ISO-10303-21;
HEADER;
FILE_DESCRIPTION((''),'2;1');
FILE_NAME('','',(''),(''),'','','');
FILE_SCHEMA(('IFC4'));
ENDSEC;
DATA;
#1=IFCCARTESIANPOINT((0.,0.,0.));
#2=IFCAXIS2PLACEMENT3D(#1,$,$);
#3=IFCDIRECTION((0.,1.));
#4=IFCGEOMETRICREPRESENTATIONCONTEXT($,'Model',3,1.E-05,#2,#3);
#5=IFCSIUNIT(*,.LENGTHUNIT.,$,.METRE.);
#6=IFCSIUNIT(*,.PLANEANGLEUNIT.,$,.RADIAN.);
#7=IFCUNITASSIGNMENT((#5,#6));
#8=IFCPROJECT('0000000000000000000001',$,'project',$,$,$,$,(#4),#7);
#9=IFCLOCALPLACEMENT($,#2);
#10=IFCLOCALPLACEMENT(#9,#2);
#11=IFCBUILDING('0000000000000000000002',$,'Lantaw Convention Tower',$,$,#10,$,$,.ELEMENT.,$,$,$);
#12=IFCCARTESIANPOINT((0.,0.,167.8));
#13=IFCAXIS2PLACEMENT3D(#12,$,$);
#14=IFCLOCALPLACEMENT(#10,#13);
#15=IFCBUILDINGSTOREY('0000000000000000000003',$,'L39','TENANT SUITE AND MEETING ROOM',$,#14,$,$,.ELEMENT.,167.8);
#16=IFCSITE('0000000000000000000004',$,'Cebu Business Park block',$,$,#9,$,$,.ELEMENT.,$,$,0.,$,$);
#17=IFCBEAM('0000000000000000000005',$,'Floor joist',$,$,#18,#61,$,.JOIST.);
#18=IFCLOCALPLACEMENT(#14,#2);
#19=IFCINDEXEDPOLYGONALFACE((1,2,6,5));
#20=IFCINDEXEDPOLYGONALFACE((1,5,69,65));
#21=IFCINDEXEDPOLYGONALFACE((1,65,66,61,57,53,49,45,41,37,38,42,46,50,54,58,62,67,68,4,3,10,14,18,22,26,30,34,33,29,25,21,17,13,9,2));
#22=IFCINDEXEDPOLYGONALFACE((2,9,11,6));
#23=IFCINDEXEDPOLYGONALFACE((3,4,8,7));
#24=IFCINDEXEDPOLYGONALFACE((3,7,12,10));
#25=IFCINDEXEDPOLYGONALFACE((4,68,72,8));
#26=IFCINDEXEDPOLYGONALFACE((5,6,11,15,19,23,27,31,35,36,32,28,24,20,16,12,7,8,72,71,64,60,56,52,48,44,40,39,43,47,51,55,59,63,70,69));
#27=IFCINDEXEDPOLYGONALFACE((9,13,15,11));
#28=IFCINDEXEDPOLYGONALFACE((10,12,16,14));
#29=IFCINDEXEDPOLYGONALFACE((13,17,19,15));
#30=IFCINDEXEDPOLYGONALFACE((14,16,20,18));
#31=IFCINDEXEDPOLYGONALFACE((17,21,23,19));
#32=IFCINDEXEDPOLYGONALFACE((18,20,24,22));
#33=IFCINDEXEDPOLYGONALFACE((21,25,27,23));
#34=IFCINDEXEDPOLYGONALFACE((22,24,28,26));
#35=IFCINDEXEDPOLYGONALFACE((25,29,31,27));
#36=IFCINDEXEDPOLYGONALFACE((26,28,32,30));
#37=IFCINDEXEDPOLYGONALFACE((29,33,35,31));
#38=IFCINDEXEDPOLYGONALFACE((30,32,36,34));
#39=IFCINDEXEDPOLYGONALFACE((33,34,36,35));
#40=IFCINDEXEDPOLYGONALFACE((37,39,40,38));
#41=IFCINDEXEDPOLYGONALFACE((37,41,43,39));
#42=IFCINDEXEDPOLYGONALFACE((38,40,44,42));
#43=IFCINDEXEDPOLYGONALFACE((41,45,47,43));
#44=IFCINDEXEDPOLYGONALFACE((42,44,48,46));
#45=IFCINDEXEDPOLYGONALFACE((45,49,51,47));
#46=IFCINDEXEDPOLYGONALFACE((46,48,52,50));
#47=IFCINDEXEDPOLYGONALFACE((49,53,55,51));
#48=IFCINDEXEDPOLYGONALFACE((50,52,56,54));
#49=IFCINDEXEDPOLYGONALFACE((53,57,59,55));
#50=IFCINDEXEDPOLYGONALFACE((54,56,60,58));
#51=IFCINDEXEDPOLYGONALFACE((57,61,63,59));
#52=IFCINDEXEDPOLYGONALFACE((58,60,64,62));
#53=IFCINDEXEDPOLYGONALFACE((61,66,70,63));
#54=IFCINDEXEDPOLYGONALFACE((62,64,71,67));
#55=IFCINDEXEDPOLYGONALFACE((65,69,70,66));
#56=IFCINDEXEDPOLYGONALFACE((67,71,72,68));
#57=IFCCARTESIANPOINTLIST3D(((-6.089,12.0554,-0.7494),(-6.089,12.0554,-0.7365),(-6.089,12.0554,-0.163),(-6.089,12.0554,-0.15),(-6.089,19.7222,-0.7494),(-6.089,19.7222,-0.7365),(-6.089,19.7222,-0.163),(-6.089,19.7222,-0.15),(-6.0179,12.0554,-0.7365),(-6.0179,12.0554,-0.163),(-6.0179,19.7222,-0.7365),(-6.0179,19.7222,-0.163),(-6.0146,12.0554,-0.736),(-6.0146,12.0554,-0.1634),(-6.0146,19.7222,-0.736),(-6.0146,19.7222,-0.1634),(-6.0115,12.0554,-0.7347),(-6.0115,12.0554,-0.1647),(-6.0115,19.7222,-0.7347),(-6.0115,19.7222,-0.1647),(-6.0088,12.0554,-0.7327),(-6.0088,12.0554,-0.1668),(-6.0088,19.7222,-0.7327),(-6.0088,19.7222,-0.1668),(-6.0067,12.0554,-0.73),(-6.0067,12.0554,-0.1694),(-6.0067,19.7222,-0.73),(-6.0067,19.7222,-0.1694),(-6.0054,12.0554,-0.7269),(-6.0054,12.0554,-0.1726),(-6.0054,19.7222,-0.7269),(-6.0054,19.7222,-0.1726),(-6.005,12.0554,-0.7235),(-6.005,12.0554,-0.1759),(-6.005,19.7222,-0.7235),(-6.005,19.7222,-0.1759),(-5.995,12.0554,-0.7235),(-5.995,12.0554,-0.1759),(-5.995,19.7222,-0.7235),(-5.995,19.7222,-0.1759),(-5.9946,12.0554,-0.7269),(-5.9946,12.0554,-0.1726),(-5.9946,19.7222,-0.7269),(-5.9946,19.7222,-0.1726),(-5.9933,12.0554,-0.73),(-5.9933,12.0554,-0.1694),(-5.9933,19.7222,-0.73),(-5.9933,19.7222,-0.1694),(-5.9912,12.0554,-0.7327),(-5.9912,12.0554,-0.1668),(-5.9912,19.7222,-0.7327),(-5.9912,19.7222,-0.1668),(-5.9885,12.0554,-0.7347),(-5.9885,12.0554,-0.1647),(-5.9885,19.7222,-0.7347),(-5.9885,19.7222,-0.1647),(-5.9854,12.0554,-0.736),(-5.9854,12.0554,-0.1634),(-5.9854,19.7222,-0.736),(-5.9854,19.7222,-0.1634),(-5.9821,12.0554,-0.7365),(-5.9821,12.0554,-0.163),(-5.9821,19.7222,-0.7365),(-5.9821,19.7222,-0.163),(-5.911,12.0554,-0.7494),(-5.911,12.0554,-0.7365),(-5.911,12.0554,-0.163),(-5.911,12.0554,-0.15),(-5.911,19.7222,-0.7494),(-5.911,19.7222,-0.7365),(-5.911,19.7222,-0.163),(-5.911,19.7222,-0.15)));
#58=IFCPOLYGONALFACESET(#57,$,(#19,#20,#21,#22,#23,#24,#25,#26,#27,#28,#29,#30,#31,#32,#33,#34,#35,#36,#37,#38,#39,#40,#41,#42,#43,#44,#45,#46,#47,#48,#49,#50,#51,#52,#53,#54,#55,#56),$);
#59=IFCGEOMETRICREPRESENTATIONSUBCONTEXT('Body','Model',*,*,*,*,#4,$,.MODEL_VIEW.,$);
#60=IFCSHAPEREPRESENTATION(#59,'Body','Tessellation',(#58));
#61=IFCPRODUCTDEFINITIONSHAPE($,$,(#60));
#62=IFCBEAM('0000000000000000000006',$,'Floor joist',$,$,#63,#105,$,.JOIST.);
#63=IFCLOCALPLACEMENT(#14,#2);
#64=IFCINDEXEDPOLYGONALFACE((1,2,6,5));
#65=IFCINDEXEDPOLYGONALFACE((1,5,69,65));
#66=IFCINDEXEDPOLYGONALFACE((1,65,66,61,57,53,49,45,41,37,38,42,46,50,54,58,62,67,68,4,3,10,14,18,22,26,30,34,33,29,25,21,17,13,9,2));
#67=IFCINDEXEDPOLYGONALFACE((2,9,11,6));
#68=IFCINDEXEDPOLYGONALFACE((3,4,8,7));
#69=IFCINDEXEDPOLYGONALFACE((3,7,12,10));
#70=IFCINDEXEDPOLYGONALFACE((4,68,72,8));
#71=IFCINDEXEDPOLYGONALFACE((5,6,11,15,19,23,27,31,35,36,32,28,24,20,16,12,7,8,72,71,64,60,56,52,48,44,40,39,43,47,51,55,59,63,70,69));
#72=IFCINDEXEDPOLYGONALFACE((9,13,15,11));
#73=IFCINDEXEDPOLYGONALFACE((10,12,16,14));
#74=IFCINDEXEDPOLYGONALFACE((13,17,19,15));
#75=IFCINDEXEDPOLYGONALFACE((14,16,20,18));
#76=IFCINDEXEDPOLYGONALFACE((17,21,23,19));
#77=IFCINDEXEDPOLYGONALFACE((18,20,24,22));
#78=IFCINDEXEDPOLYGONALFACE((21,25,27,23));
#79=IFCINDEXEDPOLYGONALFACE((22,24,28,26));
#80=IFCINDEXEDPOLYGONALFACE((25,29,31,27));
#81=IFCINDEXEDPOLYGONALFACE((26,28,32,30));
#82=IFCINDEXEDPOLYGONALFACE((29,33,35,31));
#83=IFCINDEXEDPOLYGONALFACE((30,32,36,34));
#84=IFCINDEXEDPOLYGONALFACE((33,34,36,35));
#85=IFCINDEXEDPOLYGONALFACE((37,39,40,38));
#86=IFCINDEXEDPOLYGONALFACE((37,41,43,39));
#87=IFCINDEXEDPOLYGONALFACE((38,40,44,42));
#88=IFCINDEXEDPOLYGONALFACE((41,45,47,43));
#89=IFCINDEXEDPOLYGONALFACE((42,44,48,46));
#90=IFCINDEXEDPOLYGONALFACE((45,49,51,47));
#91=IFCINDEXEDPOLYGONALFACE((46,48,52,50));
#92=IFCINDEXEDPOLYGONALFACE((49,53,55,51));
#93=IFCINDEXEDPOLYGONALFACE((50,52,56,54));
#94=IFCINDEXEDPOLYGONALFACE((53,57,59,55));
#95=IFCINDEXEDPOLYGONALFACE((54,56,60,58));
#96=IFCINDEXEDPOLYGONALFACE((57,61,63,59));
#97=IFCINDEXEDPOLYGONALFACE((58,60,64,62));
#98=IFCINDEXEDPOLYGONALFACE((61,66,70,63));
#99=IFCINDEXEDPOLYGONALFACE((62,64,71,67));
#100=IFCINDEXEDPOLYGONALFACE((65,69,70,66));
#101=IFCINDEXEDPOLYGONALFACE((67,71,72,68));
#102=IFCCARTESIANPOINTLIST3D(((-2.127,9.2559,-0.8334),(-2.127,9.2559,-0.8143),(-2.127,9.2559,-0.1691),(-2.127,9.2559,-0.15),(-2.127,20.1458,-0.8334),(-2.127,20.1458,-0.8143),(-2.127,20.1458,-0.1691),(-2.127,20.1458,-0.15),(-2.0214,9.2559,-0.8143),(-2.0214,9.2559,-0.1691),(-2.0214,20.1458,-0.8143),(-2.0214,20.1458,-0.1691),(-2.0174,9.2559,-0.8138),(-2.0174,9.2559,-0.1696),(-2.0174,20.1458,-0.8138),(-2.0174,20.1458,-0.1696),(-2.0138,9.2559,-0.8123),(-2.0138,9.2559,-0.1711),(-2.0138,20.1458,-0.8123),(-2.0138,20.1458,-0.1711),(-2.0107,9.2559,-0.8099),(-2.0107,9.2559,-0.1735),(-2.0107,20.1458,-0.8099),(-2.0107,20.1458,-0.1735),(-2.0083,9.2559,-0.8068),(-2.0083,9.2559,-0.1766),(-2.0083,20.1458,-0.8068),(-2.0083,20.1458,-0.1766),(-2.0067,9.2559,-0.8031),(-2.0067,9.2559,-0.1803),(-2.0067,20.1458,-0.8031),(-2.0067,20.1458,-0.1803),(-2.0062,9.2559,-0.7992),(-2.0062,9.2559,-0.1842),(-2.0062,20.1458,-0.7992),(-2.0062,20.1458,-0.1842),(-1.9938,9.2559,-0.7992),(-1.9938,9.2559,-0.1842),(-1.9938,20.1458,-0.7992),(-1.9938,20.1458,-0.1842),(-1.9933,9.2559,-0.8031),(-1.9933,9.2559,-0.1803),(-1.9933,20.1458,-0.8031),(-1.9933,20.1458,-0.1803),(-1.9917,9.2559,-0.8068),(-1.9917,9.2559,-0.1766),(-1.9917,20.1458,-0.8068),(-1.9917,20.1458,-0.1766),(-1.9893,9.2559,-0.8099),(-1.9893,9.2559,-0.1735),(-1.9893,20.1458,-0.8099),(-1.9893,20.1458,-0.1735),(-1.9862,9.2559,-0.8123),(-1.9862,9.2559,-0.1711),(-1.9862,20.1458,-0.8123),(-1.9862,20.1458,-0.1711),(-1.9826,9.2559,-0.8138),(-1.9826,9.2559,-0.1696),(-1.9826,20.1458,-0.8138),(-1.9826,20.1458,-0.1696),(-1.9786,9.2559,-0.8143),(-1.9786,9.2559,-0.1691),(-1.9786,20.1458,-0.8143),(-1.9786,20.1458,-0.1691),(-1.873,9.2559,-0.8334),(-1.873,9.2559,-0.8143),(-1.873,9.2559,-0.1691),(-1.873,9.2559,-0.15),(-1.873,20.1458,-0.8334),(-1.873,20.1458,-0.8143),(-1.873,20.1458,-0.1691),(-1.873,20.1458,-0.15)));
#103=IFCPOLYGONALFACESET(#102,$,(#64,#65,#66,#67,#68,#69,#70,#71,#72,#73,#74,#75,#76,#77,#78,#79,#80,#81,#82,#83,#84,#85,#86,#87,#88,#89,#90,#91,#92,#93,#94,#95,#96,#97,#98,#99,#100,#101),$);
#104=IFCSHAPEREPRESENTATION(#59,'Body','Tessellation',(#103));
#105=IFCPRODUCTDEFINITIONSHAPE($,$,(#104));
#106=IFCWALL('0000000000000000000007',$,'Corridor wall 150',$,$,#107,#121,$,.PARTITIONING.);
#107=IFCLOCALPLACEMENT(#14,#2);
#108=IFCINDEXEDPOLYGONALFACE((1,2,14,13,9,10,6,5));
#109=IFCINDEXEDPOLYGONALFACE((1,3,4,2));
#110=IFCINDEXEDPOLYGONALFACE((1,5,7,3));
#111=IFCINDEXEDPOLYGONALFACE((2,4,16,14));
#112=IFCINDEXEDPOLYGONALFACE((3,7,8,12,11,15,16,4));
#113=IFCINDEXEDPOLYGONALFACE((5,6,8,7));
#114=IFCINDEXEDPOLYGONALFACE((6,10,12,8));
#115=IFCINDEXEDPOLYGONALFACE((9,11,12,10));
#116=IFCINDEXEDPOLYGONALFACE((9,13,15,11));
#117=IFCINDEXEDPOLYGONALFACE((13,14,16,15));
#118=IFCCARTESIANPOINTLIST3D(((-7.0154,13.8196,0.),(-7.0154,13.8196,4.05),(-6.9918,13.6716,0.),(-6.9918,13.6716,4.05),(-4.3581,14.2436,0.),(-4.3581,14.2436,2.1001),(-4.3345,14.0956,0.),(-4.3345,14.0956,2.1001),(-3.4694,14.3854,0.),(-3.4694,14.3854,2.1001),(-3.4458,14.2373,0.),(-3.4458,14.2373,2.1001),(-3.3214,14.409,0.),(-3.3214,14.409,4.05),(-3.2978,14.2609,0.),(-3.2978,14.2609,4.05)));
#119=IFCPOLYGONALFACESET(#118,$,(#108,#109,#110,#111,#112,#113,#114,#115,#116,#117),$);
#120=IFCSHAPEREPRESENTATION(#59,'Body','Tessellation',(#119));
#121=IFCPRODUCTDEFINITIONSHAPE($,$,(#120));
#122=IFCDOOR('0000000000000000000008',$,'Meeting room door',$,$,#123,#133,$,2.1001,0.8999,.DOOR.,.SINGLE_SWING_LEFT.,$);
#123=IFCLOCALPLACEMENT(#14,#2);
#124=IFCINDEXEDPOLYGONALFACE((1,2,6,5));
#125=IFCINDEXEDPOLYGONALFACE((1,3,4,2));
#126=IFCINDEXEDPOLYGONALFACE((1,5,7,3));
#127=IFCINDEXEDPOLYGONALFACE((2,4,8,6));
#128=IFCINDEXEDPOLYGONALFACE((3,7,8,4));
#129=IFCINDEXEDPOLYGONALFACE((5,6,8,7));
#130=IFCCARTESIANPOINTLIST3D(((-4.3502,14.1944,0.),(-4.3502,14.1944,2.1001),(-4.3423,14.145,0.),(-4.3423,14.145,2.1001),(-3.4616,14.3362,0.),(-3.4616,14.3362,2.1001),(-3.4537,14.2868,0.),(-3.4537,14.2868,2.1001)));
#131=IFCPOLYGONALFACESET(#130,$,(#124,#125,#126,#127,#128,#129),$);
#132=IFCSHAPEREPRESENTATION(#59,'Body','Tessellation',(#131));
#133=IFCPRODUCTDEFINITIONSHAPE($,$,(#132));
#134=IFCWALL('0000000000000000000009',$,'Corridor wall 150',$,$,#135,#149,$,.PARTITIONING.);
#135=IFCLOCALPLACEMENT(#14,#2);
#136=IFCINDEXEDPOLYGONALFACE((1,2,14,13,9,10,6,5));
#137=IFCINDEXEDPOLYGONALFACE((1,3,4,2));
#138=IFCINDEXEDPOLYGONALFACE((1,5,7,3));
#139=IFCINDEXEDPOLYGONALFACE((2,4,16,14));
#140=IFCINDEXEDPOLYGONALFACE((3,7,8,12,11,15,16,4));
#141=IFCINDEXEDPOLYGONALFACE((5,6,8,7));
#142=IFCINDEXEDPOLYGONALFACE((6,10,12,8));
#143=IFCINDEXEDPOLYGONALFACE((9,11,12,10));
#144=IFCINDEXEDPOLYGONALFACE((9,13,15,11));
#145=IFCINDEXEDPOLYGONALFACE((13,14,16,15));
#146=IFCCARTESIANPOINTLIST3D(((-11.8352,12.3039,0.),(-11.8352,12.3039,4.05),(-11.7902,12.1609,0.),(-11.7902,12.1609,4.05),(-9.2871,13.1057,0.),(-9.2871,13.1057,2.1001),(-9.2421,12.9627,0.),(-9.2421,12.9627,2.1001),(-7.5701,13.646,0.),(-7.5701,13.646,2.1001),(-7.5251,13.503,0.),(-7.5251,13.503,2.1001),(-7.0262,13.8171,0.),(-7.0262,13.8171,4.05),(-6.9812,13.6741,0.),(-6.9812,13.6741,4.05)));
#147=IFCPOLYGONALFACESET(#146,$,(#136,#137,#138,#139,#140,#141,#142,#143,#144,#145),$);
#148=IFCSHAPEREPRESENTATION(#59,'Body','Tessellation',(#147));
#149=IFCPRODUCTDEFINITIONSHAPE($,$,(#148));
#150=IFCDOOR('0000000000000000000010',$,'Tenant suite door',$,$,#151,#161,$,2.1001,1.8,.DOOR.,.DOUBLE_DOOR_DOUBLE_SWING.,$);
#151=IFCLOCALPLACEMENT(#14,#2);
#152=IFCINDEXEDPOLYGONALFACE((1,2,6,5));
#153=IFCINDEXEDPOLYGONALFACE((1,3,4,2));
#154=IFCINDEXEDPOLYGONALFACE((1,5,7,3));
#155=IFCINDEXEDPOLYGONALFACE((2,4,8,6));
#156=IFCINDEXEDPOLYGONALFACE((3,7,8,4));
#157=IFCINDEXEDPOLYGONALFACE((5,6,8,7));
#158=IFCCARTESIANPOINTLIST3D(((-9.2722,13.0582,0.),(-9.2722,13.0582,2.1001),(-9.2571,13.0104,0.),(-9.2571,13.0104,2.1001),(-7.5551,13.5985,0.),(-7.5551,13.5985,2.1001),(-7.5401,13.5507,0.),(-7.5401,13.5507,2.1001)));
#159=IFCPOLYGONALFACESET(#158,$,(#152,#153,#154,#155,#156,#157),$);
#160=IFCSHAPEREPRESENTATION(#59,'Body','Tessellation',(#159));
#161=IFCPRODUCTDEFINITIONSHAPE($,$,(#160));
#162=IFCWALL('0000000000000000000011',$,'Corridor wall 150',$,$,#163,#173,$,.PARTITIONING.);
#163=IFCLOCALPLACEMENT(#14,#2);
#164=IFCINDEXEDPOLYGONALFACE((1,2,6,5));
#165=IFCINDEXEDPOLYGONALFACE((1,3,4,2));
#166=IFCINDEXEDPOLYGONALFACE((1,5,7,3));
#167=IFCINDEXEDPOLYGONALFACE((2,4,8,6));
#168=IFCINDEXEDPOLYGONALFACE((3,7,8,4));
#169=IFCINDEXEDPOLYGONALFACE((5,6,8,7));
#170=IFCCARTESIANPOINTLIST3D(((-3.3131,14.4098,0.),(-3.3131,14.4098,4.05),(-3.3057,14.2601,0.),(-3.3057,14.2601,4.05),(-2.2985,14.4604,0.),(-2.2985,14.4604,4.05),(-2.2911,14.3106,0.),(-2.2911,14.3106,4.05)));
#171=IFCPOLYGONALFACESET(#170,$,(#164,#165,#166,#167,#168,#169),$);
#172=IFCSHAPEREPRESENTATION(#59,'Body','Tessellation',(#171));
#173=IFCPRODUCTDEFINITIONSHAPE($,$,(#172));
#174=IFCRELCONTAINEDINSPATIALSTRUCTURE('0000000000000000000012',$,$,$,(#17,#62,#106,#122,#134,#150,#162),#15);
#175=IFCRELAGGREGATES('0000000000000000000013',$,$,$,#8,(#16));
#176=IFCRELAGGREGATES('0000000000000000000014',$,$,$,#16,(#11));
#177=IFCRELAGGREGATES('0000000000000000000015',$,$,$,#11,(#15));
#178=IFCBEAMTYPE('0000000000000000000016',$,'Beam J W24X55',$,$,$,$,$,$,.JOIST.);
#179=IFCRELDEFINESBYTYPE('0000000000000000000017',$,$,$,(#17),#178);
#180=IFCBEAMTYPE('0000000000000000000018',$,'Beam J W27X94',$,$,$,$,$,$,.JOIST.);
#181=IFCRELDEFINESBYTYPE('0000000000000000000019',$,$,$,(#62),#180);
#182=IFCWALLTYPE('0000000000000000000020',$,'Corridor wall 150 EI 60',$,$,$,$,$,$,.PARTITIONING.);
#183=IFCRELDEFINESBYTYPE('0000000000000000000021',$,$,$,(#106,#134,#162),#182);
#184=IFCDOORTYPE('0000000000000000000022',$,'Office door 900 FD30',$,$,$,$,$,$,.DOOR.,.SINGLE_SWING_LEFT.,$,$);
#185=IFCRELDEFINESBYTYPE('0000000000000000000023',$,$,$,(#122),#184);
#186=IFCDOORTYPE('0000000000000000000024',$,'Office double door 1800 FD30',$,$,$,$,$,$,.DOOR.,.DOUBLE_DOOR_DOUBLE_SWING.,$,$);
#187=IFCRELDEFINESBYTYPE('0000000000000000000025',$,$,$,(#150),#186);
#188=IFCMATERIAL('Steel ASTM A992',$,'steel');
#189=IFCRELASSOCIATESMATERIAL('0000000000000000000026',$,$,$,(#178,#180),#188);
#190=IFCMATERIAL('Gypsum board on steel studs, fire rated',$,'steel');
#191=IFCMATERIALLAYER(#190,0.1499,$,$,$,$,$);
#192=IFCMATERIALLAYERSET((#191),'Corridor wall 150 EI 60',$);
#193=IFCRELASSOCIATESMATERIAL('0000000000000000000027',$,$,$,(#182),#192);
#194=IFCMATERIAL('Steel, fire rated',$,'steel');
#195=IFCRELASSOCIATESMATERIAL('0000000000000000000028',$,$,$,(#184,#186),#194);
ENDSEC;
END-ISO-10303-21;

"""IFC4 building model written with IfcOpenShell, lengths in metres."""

from ifc_helpers import new_model, si_unit, direction, frame, frame_2d, origin, origin_2d, place, context, subcontext, project, spatial, rectangle, i_section, extrude, material, layer, layer_set, material_profile, profile_set, type_object, element, fill, save


model = new_model("IFC4")

# Units and contexts
model_context = context("Model", 3, precision=1e-05, world=origin(), true_north=direction((0.0, 1.0)))
body_context = subcontext(model_context, "Body", "Model", "MODEL_VIEW")
ifc_project = project(units=[si_unit("LENGTHUNIT", "METRE"), si_unit("PLANEANGLEUNIT", "RADIAN")], contexts=[model_context])

# Site, building, storey
site_placement = place(None, origin())
site = spatial("IfcSite", under=ifc_project, at=site_placement, Name="Cebu Business Park block", CompositionType="ELEMENT", RefElevation=0.0)
building_placement = place(site_placement, origin())
building = spatial("IfcBuilding", under=site, at=building_placement, Name="Lantaw Convention Tower", CompositionType="ELEMENT")
storey_placement = place(building_placement, frame((0.0, 0.0, 167.8)))
storey = spatial("IfcBuildingStorey", under=building, at=storey_placement, Name="L39", Description="TENANT SUITE AND MEETING ROOM", CompositionType="ELEMENT", Elevation=167.8)

# Beams
ifc_material_1 = material(Name="Steel ASTM A992", Category="steel")
ifc_material_profile_1 = material_profile(ifc_material_1, i_section(OverallWidth=0.178, OverallDepth=0.5994, WebThickness=0.01, FlangeThickness=0.0129, FilletRadius=0.0129, at=origin_2d()), Name="W24X55")
ifc_profile_set_1 = profile_set([ifc_material_profile_1], Name="Steel ASTM A992")
beam_type_1 = type_object("IfcBeamType", Name="Beam J W24X55", PredefinedType="JOIST", material=ifc_profile_set_1)
beam_1_placement = place(storey_placement, frame((-6.0, 12.0554, -0.4497), z_axis=(0.0, 1.0, 0.0), x_axis=(-1.0, 0.0, 0.0)))
element("IfcBeam", 1, at=beam_1_placement, inside=storey, type_object=beam_type_1, Name="Floor joist", PredefinedType="JOIST", context=body_context, shape_type="SweptSolid", body=[
    extrude(i_section(OverallWidth=0.178, OverallDepth=0.5994, WebThickness=0.01, FlangeThickness=0.0129, FilletRadius=0.0129, at=origin_2d()), origin(), (0.0, 0.0, 1.0), 7.6667),
])
ifc_material_profile_2 = material_profile(ifc_material_1, i_section(OverallWidth=0.2539, OverallDepth=0.6833, WebThickness=0.0125, FlangeThickness=0.019, FilletRadius=0.0151, at=origin_2d()), Name="W27X94")
ifc_profile_set_2 = profile_set([ifc_material_profile_2], Name="Steel ASTM A992")
beam_type_2 = type_object("IfcBeamType", Name="Beam J W27X94", PredefinedType="JOIST", material=ifc_profile_set_2)
beam_2_placement = place(storey_placement, frame((-2.0, 9.2559, -0.4917), z_axis=(0.0, 1.0, 0.0), x_axis=(-1.0, 0.0, 0.0)))
element("IfcBeam", 2, at=beam_2_placement, inside=storey, type_object=beam_type_2, Name="Floor joist", PredefinedType="JOIST", context=body_context, shape_type="SweptSolid", body=[
    extrude(i_section(OverallWidth=0.2539, OverallDepth=0.6833, WebThickness=0.0125, FlangeThickness=0.019, FilletRadius=0.0151, at=origin_2d()), origin(), (0.0, 0.0, 1.0), 10.8899),
])

# Walls, openings, doors
ifc_material_2 = material(Name="Gypsum board on steel studs, fire rated", Category="steel")
ifc_layer_1 = layer(ifc_material_2, 0.1499)
ifc_layer_set_1 = layer_set([ifc_layer_1], Name="Corridor wall 150 EI 60")
wall_type_1 = type_object("IfcWallType", Name="Corridor wall 150 EI 60", PredefinedType="PARTITIONING", material=ifc_layer_set_1)
wall_1_placement = place(storey_placement, frame((-3.3096, 14.335, 0.0), z_axis=(0.0, 0.0, 1.0), x_axis=(-0.987511, -0.157548, 0.0)))
wall_1 = element("IfcWall", 3, at=wall_1_placement, inside=storey, type_object=wall_type_1, Name="Corridor wall 150", PredefinedType="PARTITIONING", context=body_context, shape_type="SweptSolid", body=[
    extrude(rectangle(XDim=3.7407, YDim=0.1499, at=frame_2d((1.8704, 0.0))), origin(), (0.0, 0.0, 1.0), 4.05),
])
opening_1_placement = place(wall_1_placement, frame((0.1499, 0.0, 0.0)))
opening_1 = element("IfcOpeningElement", 4, at=opening_1_placement, cuts=wall_1, PredefinedType="OPENING", context=body_context, shape_type="SweptSolid", body=[
    extrude(rectangle(XDim=0.8999, YDim=2.1001, at=frame_2d((0.45, 1.05))), frame((0.0, 0.085, 0.0), z_axis=(0.0, -1.0, 0.0), x_axis=(1.0, 0.0, 0.0)), (0.0, 0.0, 1.0), 0.1699),
])
ifc_material_3 = material(Name="Steel, fire rated", Category="steel")
door_type_1 = type_object("IfcDoorType", Name="Office door 900 FD30", OperationType="SINGLE_SWING_LEFT", PredefinedType="DOOR", material=ifc_material_3)
door_1_placement = place(opening_1_placement, origin())
door_1 = element("IfcDoor", 5, at=door_1_placement, inside=storey, type_object=door_type_1, Name="Meeting room door", OperationType="SINGLE_SWING_LEFT", OverallHeight=2.1001, OverallWidth=0.8999, PredefinedType="DOOR", context=body_context, shape_type="SweptSolid", body=[
    extrude(rectangle(XDim=0.8999, YDim=2.1001, at=frame_2d((0.45, 1.05))), frame((0.0, 0.0249, 0.0), z_axis=(0.0, -1.0, 0.0), x_axis=(1.0, 0.0, 0.0)), (0.0, 0.0, 1.0), 0.05),
])
fill(opening_1, door_1)
wall_2_placement = place(storey_placement, frame((-7.0037, 13.7456, 0.0), z_axis=(0.0, 0.0, 1.0), x_axis=(-0.953894, -0.300144, 0.0)))
wall_2 = element("IfcWall", 6, at=wall_2_placement, inside=storey, type_object=wall_type_1, Name="Corridor wall 150", PredefinedType="PARTITIONING", context=body_context, shape_type="SweptSolid", body=[
    extrude(rectangle(XDim=5.0415, YDim=0.1499, at=frame_2d((2.5208, 0.0))), origin(), (0.0, 0.0, 1.0), 4.05),
])
opening_2_placement = place(wall_2_placement, frame((0.5703, 0.0, 0.0)))
opening_2 = element("IfcOpeningElement", 7, at=opening_2_placement, cuts=wall_2, PredefinedType="OPENING", context=body_context, shape_type="SweptSolid", body=[
    extrude(rectangle(XDim=1.8, YDim=2.1001, at=frame_2d((0.8999, 1.05))), frame((0.0, 0.085, 0.0), z_axis=(0.0, -1.0, 0.0), x_axis=(1.0, 0.0, 0.0)), (0.0, 0.0, 1.0), 0.1699),
])
door_type_2 = type_object("IfcDoorType", Name="Office double door 1800 FD30", OperationType="DOUBLE_DOOR_DOUBLE_SWING", PredefinedType="DOOR", material=ifc_material_3)
door_2_placement = place(opening_2_placement, origin())
door_2 = element("IfcDoor", 8, at=door_2_placement, inside=storey, type_object=door_type_2, Name="Tenant suite door", OperationType="DOUBLE_DOOR_DOUBLE_SWING", OverallHeight=2.1001, OverallWidth=1.8, PredefinedType="DOOR", context=body_context, shape_type="SweptSolid", body=[
    extrude(rectangle(XDim=1.8, YDim=2.1001, at=frame_2d((0.8999, 1.05))), frame((0.0, 0.0249, 0.0), z_axis=(0.0, -1.0, 0.0), x_axis=(1.0, 0.0, 0.0)), (0.0, 0.0, 1.0), 0.05),
])
fill(opening_2, door_2)

# Wall
wall_3_placement = place(storey_placement, frame((-2.2949, 14.3855, 0.0), z_axis=(0.0, 0.0, 1.0), x_axis=(-0.998762, -0.049746, 0.0)))
element("IfcWall", 9, at=wall_3_placement, inside=storey, type_object=wall_type_1, Name="Corridor wall 150", PredefinedType="PARTITIONING", context=body_context, shape_type="SweptSolid", body=[
    extrude(rectangle(XDim=1.0159, YDim=0.1499, at=frame_2d((0.5078, 0.0))), origin(), (0.0, 0.0, 1.0), 4.05),
])

save(model, "model.ifc")
